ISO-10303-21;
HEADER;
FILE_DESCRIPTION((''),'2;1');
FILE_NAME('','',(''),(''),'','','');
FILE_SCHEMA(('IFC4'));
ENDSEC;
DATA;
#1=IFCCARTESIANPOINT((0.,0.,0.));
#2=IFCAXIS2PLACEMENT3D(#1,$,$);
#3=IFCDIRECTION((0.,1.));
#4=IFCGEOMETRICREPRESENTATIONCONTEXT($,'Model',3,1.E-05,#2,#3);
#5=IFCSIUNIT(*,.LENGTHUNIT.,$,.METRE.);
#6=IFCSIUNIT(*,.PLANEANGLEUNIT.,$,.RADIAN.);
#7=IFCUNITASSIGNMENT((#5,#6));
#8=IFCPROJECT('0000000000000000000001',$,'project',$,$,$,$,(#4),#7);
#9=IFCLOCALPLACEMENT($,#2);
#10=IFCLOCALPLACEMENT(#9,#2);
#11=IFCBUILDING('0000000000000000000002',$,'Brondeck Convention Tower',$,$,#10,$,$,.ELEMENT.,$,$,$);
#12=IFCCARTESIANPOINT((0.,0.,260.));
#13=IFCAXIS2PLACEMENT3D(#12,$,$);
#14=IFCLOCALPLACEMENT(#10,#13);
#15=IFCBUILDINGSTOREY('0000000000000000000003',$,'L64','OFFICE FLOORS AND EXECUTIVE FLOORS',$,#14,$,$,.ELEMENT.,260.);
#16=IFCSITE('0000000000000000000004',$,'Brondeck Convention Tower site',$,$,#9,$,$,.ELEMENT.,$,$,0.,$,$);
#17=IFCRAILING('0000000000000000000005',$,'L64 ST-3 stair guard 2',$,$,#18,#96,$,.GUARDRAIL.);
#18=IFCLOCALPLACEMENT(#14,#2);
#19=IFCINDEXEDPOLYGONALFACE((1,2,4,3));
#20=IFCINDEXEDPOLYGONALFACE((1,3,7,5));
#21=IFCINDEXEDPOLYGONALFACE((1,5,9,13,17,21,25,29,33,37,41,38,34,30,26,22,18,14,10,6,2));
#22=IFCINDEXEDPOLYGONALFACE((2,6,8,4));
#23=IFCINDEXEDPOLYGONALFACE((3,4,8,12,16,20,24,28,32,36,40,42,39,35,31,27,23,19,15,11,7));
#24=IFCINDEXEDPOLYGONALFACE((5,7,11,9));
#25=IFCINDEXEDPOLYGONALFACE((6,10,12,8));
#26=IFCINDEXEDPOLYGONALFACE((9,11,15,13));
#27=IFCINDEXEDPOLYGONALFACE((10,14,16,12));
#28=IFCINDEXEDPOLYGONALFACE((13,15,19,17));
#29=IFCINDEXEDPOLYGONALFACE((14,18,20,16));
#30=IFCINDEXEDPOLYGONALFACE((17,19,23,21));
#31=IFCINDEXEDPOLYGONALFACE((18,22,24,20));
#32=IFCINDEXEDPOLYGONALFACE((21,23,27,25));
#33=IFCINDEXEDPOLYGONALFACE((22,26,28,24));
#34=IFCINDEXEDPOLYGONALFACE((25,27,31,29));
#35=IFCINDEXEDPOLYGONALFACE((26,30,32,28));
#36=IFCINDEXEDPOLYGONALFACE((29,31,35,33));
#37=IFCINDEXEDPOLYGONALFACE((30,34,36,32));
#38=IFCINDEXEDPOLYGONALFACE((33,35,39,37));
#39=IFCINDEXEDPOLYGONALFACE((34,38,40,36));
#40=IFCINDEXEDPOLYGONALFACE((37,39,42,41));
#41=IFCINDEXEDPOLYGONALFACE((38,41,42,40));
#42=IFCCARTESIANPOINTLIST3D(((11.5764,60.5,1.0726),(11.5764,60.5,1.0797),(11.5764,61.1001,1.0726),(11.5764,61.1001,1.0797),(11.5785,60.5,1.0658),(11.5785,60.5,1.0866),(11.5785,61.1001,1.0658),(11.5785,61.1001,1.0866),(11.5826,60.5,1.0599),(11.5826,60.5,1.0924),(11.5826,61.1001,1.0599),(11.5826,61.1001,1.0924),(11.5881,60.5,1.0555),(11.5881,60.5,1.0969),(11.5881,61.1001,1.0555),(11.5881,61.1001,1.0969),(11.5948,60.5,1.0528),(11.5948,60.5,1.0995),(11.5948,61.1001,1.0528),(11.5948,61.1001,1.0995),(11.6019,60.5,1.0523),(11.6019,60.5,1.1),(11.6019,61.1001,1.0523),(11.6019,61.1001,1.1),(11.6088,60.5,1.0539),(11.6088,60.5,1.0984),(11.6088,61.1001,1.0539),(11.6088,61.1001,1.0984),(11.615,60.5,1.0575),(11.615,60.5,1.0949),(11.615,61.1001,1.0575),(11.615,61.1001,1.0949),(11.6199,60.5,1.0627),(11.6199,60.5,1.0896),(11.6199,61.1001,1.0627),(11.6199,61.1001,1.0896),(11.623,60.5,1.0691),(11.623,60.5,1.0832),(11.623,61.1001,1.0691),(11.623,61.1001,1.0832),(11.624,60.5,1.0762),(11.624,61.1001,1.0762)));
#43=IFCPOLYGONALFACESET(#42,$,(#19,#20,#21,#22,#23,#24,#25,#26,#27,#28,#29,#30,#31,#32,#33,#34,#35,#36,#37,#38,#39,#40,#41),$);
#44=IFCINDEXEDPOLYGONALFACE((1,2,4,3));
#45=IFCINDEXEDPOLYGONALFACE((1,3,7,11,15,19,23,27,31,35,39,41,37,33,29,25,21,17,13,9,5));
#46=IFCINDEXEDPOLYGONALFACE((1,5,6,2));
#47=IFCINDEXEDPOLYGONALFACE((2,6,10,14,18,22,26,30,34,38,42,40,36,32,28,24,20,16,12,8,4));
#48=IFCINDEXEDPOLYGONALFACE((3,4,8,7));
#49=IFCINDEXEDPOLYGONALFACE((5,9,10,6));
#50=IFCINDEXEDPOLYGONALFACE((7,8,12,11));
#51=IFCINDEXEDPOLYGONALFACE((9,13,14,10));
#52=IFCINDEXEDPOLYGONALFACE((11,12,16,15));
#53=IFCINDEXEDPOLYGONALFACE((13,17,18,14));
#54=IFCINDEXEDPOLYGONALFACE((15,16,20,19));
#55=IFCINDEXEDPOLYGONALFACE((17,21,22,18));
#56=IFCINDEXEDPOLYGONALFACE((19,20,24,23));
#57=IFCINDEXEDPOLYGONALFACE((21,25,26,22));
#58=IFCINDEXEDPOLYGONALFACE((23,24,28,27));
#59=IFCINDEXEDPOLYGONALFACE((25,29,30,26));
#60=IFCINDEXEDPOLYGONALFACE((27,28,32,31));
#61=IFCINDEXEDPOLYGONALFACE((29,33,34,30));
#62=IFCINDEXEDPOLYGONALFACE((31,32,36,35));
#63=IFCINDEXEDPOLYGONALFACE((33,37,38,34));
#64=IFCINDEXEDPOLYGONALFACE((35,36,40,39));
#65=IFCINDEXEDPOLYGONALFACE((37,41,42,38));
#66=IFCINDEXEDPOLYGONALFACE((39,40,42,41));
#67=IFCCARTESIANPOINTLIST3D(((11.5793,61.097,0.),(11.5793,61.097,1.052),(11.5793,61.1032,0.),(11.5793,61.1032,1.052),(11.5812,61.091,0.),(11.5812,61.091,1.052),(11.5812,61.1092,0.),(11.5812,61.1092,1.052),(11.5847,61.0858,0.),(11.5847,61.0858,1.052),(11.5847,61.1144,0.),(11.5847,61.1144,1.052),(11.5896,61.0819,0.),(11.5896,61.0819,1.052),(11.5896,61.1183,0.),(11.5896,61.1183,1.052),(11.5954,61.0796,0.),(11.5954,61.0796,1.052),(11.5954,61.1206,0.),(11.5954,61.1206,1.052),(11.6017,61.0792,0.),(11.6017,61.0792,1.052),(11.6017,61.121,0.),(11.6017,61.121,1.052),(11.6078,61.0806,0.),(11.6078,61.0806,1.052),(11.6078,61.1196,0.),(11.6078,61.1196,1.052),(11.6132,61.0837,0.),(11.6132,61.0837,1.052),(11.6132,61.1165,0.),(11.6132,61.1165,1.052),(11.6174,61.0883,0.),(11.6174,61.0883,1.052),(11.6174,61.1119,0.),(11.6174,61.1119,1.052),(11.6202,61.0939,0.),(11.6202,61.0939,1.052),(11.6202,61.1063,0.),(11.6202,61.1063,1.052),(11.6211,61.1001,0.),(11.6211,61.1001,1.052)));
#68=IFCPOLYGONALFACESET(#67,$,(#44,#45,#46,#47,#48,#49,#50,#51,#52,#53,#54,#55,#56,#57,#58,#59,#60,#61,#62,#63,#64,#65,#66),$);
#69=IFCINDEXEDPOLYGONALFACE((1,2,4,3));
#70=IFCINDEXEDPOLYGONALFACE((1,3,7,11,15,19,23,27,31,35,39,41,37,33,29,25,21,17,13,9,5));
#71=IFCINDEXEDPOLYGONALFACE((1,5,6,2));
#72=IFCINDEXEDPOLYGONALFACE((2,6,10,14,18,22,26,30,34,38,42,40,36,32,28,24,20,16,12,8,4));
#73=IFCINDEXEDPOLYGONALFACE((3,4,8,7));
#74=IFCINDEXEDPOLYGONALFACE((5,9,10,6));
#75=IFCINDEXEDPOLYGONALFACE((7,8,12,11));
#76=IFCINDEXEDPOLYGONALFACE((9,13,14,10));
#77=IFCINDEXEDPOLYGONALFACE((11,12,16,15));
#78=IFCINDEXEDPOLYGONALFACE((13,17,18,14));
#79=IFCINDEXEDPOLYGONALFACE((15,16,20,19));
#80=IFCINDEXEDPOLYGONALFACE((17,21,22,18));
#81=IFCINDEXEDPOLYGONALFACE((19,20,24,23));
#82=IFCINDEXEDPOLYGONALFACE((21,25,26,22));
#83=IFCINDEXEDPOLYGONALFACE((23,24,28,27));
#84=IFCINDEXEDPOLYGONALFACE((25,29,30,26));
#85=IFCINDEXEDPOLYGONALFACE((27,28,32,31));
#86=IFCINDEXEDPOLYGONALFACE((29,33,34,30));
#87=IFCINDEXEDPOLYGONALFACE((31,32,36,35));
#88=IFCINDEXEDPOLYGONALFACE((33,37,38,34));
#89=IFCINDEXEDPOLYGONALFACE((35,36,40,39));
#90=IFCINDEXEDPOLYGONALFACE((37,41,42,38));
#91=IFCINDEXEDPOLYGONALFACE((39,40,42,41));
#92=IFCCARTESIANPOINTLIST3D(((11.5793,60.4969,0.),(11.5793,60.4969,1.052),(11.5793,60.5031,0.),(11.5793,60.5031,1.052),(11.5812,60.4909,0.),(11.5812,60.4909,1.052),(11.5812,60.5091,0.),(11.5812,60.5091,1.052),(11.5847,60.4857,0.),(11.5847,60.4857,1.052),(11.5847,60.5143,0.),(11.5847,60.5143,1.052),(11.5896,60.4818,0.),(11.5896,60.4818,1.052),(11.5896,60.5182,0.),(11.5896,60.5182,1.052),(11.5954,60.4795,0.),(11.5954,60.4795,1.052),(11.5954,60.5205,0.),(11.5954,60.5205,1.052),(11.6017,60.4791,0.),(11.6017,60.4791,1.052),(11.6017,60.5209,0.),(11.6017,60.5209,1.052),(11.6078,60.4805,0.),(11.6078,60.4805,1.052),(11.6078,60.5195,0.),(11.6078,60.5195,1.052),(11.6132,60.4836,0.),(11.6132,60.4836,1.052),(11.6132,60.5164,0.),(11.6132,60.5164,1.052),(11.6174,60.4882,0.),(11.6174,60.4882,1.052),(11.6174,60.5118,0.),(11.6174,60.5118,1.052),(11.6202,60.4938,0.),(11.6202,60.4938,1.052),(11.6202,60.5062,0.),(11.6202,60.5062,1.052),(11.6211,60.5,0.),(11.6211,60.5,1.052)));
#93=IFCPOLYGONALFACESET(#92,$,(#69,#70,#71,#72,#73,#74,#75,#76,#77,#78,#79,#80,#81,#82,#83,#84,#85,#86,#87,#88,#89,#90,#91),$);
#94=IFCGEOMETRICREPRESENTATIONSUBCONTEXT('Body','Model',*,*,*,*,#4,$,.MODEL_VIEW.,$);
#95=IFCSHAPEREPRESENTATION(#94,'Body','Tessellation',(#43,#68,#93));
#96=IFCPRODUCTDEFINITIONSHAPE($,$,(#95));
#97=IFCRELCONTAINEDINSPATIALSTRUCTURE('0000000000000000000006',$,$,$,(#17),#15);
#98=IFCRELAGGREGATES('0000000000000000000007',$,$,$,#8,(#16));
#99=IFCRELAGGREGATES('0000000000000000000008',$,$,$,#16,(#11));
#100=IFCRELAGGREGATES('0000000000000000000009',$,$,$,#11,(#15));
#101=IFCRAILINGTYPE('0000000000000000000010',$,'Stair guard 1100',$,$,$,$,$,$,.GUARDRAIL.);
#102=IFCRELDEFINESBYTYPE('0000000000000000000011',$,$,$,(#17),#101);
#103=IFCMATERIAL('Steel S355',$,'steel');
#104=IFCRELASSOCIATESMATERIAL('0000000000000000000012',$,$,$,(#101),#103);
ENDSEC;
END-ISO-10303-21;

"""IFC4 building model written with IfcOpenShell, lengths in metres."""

from ifc_helpers import new_model, si_unit, direction, frame, origin, origin_2d, place, context, subcontext, project, spatial, circle, extrude, material, type_object, element, save


model = new_model("IFC4")

# Units and contexts
model_context = context("Model", 3, precision=1e-05, world=origin(), true_north=direction((0.0, 1.0)))
body_context = subcontext(model_context, "Body", "Model", "MODEL_VIEW")
ifc_project = project(units=[si_unit("LENGTHUNIT", "METRE"), si_unit("PLANEANGLEUNIT", "RADIAN")], contexts=[model_context])

# Site, building, storey
site_placement = place(None, origin())
site = spatial("IfcSite", under=ifc_project, at=site_placement, Name="Brondeck Convention Tower site", CompositionType="ELEMENT", RefElevation=0.0)
building_placement = place(site_placement, origin())
building = spatial("IfcBuilding", under=site, at=building_placement, Name="Brondeck Convention Tower", CompositionType="ELEMENT")
storey_placement = place(building_placement, frame((0.0, 0.0, 260.0)))
storey = spatial("IfcBuildingStorey", under=building, at=storey_placement, Name="L64", Description="OFFICE FLOORS AND EXECUTIVE FLOORS", CompositionType="ELEMENT", Elevation=260.0)

# Railing
ifc_material_1 = material(Name="Steel S355", Category="steel")
railing_type_1 = type_object("IfcRailingType", Name="Stair guard 1100", PredefinedType="GUARDRAIL", material=ifc_material_1)
railing_1_placement = place(storey_placement, frame((11.6001, 61.1001, 0.0)))
element("IfcRailing", 1, at=railing_1_placement, inside=storey, type_object=railing_type_1, Name="L64 ST-3 stair guard 2", PredefinedType="GUARDRAIL", context=body_context, shape_type="SweptSolid", body=[
    extrude(circle(Radius=0.0239, at=origin_2d()), frame((0.0, 0.0, 1.0762), z_axis=(0.0, -1.0, 0.0), x_axis=(1.0, 0.0, 0.0)), (0.0, 0.0, 1.0), 0.6001),
    extrude(circle(Radius=0.021, at=origin_2d()), origin(), (0.0, 0.0, 1.0), 1.052),
    extrude(circle(Radius=0.021, at=origin_2d()), frame((0.0, -0.6001, 0.0)), (0.0, 0.0, 1.0), 1.052),
])

save(model, "model.ifc")
